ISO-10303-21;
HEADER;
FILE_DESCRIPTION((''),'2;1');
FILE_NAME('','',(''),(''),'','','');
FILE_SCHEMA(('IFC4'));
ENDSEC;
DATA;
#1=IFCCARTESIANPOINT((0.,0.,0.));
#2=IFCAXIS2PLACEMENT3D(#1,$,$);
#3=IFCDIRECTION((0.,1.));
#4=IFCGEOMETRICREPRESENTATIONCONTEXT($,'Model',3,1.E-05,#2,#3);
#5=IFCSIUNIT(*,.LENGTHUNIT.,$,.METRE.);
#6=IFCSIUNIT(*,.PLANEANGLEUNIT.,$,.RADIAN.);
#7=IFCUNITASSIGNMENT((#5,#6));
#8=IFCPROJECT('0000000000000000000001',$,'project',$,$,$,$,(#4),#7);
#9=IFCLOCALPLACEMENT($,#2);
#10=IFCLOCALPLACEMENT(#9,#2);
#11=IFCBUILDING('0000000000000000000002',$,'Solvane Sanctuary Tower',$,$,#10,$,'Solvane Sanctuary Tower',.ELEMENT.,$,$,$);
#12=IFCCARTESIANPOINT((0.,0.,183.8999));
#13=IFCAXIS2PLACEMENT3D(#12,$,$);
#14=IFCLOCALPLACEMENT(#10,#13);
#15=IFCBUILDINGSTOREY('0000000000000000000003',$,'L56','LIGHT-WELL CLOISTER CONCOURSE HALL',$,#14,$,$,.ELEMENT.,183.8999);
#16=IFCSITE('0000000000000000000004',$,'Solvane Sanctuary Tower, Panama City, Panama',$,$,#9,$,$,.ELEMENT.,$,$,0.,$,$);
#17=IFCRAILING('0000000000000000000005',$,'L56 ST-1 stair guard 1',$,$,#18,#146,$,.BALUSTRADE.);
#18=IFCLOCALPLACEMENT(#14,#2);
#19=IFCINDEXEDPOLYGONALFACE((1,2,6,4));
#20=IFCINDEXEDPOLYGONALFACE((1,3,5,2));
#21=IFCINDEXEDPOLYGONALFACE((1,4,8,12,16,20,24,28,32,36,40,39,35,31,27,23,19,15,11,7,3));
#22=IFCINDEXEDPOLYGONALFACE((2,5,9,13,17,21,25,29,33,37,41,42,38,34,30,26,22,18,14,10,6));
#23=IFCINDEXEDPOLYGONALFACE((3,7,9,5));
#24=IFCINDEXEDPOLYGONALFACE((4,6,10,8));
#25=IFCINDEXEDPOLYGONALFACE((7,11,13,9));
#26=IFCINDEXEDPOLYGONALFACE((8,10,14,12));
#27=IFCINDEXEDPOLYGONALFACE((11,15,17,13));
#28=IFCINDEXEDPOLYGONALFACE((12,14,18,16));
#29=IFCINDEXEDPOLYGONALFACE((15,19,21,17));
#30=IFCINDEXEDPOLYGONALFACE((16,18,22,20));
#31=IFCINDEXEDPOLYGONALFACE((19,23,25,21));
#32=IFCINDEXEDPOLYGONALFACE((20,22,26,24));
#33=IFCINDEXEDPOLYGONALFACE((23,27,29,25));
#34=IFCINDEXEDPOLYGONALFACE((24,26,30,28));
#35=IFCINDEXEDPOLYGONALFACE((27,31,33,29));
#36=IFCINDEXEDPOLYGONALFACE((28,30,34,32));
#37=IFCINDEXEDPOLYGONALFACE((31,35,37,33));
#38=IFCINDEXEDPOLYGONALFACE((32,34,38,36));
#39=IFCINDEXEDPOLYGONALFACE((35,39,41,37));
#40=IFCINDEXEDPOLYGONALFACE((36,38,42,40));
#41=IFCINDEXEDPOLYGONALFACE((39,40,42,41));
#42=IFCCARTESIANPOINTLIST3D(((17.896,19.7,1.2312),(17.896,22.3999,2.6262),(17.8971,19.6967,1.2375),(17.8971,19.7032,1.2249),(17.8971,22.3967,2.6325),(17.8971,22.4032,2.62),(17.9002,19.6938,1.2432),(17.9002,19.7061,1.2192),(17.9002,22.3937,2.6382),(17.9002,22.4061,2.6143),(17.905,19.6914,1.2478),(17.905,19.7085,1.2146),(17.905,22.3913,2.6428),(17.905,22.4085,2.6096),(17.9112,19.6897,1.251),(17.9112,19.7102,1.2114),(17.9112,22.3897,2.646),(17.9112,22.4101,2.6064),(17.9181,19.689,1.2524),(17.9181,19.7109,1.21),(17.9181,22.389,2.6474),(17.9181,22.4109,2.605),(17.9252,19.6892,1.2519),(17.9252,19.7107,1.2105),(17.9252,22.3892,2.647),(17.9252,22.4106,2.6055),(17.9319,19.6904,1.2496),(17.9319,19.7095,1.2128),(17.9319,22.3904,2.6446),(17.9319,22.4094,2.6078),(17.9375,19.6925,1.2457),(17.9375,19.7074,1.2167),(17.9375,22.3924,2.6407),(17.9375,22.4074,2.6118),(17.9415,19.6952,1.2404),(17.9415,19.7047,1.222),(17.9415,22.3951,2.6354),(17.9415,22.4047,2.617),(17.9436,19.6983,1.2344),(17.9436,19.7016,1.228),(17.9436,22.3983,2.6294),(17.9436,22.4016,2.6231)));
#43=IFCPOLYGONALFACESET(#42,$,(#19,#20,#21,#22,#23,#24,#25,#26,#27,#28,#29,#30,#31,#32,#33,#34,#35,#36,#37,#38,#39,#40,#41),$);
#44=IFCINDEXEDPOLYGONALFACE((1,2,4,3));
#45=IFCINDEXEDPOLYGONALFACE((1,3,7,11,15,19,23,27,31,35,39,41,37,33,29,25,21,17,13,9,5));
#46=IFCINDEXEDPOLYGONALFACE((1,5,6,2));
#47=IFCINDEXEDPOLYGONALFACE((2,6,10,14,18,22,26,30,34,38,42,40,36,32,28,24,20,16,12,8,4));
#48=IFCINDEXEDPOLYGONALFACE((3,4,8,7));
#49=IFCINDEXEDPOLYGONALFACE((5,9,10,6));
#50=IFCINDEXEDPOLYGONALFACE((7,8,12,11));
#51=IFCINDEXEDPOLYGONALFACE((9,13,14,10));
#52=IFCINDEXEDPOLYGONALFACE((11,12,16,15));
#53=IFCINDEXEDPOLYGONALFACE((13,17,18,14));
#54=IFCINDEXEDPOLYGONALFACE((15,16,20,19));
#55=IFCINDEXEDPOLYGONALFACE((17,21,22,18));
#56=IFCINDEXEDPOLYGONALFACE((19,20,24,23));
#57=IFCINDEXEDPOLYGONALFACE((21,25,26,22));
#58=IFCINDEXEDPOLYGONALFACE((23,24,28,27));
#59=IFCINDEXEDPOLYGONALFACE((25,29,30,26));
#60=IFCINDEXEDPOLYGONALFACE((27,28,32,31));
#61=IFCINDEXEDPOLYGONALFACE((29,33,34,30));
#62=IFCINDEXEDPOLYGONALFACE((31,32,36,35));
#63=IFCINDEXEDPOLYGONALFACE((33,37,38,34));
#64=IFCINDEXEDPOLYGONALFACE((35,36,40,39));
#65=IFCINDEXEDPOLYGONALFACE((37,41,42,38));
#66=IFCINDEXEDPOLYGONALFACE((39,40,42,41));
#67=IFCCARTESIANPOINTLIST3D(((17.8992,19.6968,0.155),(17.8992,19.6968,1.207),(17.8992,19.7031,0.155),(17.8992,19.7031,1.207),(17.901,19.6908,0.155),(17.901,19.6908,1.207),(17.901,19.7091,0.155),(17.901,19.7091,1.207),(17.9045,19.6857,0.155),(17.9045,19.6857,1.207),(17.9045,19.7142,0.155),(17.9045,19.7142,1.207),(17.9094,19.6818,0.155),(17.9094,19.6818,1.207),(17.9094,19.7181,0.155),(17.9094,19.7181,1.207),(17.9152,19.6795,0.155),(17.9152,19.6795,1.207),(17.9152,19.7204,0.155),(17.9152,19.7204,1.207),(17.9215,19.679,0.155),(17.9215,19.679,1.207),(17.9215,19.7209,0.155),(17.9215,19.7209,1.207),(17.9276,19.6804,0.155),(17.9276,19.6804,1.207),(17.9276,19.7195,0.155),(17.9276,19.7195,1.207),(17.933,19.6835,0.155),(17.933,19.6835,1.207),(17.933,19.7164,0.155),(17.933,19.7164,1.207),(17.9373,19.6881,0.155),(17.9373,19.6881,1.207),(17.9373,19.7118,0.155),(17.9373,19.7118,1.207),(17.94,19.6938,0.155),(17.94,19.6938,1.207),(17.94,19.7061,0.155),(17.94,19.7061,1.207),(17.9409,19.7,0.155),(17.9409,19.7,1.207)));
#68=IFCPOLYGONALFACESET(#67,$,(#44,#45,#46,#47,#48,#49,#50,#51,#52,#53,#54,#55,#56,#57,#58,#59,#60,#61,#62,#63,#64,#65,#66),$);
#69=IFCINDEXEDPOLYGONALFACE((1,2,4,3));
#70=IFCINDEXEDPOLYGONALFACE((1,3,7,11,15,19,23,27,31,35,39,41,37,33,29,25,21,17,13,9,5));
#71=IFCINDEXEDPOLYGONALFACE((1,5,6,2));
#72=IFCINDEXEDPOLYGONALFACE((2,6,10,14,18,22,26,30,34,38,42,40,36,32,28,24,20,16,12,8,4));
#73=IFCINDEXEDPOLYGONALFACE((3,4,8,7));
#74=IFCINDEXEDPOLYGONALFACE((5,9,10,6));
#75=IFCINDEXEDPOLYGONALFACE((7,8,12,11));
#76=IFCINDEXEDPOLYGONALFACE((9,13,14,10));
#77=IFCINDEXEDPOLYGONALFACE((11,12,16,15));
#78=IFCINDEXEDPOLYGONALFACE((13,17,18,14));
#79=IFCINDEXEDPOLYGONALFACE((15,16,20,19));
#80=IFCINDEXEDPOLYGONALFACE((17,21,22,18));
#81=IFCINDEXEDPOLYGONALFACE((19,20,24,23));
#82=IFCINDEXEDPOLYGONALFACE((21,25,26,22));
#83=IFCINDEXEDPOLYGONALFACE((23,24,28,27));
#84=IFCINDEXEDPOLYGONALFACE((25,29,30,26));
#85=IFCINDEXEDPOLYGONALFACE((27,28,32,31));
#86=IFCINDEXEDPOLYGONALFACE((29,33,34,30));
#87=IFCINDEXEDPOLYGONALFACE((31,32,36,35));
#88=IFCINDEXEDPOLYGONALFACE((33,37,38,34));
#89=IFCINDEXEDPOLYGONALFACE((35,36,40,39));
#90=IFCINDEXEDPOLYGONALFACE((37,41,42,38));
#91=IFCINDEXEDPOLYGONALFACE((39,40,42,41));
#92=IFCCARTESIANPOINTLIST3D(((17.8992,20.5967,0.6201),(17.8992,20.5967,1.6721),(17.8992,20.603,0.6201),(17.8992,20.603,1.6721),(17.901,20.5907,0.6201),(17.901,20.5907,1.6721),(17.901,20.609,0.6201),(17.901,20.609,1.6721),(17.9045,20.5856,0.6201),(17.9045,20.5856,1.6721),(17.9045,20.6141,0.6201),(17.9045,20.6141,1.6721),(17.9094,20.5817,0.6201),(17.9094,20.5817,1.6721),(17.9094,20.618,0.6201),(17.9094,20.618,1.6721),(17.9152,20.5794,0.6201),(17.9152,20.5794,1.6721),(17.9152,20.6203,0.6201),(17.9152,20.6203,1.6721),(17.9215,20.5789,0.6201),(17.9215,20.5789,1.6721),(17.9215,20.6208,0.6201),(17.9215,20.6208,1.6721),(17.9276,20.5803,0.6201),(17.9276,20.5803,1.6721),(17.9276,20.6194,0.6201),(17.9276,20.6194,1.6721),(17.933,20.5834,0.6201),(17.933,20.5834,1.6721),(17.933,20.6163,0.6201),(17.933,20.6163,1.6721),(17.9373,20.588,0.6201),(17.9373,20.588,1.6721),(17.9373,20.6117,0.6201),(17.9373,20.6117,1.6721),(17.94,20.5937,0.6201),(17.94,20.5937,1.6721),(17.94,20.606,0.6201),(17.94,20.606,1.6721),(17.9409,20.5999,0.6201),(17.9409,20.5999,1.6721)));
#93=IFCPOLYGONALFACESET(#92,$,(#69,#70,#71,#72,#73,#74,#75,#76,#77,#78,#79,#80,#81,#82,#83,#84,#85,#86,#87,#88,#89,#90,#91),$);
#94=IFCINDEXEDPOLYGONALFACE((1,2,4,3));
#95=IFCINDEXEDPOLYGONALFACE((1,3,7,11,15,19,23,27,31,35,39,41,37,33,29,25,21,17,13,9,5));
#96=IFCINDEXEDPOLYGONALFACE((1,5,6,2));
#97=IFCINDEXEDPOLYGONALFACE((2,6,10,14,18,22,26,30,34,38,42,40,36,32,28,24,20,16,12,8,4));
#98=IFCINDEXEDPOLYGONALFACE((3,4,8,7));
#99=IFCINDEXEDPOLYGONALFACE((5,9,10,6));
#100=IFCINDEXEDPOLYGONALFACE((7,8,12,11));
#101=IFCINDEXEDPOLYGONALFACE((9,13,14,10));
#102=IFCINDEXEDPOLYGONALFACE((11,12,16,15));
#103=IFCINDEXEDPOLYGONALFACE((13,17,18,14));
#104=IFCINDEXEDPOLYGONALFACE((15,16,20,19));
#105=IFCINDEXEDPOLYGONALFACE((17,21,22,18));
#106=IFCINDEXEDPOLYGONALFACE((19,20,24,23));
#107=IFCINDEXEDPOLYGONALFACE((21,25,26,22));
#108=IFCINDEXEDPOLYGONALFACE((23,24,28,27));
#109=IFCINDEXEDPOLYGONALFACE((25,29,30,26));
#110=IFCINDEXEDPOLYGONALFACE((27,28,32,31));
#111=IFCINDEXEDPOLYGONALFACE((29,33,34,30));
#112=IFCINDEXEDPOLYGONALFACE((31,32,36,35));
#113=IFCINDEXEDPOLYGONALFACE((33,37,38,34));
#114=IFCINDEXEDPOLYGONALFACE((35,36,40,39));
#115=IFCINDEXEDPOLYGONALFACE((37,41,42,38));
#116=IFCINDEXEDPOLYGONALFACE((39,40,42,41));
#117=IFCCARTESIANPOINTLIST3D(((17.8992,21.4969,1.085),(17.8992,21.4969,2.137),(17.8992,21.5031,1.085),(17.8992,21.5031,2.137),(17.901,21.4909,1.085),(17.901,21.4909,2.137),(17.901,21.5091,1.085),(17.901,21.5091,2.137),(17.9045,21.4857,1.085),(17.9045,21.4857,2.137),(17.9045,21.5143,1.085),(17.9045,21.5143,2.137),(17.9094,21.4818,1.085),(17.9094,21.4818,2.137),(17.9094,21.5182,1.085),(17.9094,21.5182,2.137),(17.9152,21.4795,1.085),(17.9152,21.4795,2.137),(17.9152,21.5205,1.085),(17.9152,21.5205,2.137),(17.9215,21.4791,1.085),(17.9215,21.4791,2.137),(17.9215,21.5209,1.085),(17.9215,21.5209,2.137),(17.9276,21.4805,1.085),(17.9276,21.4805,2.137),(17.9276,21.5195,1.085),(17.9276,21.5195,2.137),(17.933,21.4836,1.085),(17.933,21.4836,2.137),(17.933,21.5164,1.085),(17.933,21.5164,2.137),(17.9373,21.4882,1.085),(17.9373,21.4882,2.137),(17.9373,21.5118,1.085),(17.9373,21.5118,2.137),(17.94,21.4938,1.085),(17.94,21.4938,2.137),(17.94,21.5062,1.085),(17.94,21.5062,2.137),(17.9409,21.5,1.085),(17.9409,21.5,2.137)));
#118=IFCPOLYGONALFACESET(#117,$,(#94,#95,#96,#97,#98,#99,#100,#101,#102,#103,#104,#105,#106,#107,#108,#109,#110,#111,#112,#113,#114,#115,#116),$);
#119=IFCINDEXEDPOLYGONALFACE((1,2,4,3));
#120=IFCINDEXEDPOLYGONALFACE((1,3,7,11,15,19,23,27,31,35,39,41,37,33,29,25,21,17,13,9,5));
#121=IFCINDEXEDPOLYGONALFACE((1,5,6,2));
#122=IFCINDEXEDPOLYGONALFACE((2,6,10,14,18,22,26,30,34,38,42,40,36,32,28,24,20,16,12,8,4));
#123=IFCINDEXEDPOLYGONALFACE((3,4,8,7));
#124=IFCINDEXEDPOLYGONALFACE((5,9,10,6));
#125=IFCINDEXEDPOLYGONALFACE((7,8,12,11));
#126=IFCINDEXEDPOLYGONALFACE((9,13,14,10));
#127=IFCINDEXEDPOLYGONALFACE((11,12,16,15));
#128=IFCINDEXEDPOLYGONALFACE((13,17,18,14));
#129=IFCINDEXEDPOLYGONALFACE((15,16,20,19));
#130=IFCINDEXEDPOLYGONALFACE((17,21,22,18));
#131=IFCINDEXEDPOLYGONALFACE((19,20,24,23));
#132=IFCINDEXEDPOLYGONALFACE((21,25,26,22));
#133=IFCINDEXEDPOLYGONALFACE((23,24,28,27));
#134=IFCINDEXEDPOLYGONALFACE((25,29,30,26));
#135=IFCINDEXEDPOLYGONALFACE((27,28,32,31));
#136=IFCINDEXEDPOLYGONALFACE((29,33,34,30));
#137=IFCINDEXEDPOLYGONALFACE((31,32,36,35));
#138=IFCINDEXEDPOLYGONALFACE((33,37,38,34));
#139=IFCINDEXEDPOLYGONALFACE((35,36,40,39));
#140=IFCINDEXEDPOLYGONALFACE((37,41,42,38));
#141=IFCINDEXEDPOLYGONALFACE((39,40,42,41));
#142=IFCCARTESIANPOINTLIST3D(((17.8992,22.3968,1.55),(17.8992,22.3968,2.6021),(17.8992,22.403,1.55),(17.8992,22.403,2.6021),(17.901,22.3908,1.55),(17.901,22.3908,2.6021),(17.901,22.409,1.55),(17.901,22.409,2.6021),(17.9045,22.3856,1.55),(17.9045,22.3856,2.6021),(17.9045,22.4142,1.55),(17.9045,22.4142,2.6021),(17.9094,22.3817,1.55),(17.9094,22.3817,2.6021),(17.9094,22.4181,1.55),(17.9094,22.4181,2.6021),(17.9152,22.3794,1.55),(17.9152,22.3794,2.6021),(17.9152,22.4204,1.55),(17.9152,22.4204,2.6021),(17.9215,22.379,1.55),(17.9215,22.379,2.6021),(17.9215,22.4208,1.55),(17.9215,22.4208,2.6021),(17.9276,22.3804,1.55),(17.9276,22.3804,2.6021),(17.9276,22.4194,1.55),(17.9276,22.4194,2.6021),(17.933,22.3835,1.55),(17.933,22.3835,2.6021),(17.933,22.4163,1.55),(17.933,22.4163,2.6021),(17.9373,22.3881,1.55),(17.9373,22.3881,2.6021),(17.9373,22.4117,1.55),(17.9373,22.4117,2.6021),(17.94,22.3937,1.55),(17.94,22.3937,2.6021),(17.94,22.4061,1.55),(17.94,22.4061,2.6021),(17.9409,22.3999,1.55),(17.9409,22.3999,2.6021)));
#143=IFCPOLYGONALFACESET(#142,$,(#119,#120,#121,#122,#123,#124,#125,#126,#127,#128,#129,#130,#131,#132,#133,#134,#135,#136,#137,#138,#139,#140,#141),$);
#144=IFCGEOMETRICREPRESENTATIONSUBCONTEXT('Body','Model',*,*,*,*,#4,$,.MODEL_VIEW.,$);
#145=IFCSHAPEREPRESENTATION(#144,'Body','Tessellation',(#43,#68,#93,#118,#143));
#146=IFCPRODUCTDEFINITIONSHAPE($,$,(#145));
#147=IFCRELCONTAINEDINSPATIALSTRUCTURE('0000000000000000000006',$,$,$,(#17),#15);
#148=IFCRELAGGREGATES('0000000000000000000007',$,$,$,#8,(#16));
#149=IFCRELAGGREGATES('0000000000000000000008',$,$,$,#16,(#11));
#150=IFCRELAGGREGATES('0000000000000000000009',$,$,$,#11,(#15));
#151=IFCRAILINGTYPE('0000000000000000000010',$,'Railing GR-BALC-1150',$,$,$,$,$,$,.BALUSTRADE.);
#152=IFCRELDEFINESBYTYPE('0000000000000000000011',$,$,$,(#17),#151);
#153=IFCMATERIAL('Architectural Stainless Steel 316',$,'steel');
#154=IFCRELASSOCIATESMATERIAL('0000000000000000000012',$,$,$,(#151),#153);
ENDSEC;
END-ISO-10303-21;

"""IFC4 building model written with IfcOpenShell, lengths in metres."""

from ifc_helpers import new_model, si_unit, direction, frame, origin, origin_2d, place, context, subcontext, project, spatial, circle, extrude, material, type_object, element, save


model = new_model("IFC4")

# Units and contexts
model_context = context("Model", 3, precision=1e-05, world=origin(), true_north=direction((0.0, 1.0)))
body_context = subcontext(model_context, "Body", "Model", "MODEL_VIEW")
ifc_project = project(units=[si_unit("LENGTHUNIT", "METRE"), si_unit("PLANEANGLEUNIT", "RADIAN")], contexts=[model_context])

# Site, building, storey
site_placement = place(None, origin())
site = spatial("IfcSite", under=ifc_project, at=site_placement, Name="Solvane Sanctuary Tower, Panama City, Panama", CompositionType="ELEMENT", RefElevation=0.0)
building_placement = place(site_placement, origin())
building = spatial("IfcBuilding", under=site, at=building_placement, Name="Solvane Sanctuary Tower", LongName="Solvane Sanctuary Tower", CompositionType="ELEMENT")
storey_placement = place(building_placement, frame((0.0, 0.0, 183.8999)))
storey = spatial("IfcBuildingStorey", under=building, at=storey_placement, Name="L56", Description="LIGHT-WELL CLOISTER CONCOURSE HALL", CompositionType="ELEMENT", Elevation=183.8999)

# Shared definitions
ifc_material_1 = material(Name="Architectural Stainless Steel 316", Category="steel")

# Railing
railing_type_1 = type_object("IfcRailingType", Name="Railing GR-BALC-1150", PredefinedType="BALUSTRADE", material=ifc_material_1)
railing_1_placement = place(storey_placement, frame((17.9199, 19.7, 0.155)))
element("IfcRailing", 1, at=railing_1_placement, inside=storey, type_object=railing_type_1, Name="L56 ST-1 stair guard 1", PredefinedType="BALUSTRADE", context=body_context, shape_type="SweptSolid", body=[
    extrude(circle(Radius=0.0239, at=origin_2d()), frame((0.0, 0.0, 1.0762), z_axis=(0.0, 0.88842, 0.459032), x_axis=(-1.0, 0.0, 0.0)), (0.0, 0.0, 1.0), 3.0391),
    extrude(circle(Radius=0.021, at=origin_2d()), origin(), (0.0, 0.0, 1.0), 1.052),
    extrude(circle(Radius=0.021, at=origin_2d()), frame((0.0, 0.8999, 0.4651)), (0.0, 0.0, 1.0), 1.052),
    extrude(circle(Radius=0.021, at=origin_2d()), frame((0.0, 1.8, 0.9299)), (0.0, 0.0, 1.0), 1.052),
    extrude(circle(Radius=0.021, at=origin_2d()), frame((0.0, 2.7, 1.395)), (0.0, 0.0, 1.0), 1.052),
])

save(model, "model.ifc")
